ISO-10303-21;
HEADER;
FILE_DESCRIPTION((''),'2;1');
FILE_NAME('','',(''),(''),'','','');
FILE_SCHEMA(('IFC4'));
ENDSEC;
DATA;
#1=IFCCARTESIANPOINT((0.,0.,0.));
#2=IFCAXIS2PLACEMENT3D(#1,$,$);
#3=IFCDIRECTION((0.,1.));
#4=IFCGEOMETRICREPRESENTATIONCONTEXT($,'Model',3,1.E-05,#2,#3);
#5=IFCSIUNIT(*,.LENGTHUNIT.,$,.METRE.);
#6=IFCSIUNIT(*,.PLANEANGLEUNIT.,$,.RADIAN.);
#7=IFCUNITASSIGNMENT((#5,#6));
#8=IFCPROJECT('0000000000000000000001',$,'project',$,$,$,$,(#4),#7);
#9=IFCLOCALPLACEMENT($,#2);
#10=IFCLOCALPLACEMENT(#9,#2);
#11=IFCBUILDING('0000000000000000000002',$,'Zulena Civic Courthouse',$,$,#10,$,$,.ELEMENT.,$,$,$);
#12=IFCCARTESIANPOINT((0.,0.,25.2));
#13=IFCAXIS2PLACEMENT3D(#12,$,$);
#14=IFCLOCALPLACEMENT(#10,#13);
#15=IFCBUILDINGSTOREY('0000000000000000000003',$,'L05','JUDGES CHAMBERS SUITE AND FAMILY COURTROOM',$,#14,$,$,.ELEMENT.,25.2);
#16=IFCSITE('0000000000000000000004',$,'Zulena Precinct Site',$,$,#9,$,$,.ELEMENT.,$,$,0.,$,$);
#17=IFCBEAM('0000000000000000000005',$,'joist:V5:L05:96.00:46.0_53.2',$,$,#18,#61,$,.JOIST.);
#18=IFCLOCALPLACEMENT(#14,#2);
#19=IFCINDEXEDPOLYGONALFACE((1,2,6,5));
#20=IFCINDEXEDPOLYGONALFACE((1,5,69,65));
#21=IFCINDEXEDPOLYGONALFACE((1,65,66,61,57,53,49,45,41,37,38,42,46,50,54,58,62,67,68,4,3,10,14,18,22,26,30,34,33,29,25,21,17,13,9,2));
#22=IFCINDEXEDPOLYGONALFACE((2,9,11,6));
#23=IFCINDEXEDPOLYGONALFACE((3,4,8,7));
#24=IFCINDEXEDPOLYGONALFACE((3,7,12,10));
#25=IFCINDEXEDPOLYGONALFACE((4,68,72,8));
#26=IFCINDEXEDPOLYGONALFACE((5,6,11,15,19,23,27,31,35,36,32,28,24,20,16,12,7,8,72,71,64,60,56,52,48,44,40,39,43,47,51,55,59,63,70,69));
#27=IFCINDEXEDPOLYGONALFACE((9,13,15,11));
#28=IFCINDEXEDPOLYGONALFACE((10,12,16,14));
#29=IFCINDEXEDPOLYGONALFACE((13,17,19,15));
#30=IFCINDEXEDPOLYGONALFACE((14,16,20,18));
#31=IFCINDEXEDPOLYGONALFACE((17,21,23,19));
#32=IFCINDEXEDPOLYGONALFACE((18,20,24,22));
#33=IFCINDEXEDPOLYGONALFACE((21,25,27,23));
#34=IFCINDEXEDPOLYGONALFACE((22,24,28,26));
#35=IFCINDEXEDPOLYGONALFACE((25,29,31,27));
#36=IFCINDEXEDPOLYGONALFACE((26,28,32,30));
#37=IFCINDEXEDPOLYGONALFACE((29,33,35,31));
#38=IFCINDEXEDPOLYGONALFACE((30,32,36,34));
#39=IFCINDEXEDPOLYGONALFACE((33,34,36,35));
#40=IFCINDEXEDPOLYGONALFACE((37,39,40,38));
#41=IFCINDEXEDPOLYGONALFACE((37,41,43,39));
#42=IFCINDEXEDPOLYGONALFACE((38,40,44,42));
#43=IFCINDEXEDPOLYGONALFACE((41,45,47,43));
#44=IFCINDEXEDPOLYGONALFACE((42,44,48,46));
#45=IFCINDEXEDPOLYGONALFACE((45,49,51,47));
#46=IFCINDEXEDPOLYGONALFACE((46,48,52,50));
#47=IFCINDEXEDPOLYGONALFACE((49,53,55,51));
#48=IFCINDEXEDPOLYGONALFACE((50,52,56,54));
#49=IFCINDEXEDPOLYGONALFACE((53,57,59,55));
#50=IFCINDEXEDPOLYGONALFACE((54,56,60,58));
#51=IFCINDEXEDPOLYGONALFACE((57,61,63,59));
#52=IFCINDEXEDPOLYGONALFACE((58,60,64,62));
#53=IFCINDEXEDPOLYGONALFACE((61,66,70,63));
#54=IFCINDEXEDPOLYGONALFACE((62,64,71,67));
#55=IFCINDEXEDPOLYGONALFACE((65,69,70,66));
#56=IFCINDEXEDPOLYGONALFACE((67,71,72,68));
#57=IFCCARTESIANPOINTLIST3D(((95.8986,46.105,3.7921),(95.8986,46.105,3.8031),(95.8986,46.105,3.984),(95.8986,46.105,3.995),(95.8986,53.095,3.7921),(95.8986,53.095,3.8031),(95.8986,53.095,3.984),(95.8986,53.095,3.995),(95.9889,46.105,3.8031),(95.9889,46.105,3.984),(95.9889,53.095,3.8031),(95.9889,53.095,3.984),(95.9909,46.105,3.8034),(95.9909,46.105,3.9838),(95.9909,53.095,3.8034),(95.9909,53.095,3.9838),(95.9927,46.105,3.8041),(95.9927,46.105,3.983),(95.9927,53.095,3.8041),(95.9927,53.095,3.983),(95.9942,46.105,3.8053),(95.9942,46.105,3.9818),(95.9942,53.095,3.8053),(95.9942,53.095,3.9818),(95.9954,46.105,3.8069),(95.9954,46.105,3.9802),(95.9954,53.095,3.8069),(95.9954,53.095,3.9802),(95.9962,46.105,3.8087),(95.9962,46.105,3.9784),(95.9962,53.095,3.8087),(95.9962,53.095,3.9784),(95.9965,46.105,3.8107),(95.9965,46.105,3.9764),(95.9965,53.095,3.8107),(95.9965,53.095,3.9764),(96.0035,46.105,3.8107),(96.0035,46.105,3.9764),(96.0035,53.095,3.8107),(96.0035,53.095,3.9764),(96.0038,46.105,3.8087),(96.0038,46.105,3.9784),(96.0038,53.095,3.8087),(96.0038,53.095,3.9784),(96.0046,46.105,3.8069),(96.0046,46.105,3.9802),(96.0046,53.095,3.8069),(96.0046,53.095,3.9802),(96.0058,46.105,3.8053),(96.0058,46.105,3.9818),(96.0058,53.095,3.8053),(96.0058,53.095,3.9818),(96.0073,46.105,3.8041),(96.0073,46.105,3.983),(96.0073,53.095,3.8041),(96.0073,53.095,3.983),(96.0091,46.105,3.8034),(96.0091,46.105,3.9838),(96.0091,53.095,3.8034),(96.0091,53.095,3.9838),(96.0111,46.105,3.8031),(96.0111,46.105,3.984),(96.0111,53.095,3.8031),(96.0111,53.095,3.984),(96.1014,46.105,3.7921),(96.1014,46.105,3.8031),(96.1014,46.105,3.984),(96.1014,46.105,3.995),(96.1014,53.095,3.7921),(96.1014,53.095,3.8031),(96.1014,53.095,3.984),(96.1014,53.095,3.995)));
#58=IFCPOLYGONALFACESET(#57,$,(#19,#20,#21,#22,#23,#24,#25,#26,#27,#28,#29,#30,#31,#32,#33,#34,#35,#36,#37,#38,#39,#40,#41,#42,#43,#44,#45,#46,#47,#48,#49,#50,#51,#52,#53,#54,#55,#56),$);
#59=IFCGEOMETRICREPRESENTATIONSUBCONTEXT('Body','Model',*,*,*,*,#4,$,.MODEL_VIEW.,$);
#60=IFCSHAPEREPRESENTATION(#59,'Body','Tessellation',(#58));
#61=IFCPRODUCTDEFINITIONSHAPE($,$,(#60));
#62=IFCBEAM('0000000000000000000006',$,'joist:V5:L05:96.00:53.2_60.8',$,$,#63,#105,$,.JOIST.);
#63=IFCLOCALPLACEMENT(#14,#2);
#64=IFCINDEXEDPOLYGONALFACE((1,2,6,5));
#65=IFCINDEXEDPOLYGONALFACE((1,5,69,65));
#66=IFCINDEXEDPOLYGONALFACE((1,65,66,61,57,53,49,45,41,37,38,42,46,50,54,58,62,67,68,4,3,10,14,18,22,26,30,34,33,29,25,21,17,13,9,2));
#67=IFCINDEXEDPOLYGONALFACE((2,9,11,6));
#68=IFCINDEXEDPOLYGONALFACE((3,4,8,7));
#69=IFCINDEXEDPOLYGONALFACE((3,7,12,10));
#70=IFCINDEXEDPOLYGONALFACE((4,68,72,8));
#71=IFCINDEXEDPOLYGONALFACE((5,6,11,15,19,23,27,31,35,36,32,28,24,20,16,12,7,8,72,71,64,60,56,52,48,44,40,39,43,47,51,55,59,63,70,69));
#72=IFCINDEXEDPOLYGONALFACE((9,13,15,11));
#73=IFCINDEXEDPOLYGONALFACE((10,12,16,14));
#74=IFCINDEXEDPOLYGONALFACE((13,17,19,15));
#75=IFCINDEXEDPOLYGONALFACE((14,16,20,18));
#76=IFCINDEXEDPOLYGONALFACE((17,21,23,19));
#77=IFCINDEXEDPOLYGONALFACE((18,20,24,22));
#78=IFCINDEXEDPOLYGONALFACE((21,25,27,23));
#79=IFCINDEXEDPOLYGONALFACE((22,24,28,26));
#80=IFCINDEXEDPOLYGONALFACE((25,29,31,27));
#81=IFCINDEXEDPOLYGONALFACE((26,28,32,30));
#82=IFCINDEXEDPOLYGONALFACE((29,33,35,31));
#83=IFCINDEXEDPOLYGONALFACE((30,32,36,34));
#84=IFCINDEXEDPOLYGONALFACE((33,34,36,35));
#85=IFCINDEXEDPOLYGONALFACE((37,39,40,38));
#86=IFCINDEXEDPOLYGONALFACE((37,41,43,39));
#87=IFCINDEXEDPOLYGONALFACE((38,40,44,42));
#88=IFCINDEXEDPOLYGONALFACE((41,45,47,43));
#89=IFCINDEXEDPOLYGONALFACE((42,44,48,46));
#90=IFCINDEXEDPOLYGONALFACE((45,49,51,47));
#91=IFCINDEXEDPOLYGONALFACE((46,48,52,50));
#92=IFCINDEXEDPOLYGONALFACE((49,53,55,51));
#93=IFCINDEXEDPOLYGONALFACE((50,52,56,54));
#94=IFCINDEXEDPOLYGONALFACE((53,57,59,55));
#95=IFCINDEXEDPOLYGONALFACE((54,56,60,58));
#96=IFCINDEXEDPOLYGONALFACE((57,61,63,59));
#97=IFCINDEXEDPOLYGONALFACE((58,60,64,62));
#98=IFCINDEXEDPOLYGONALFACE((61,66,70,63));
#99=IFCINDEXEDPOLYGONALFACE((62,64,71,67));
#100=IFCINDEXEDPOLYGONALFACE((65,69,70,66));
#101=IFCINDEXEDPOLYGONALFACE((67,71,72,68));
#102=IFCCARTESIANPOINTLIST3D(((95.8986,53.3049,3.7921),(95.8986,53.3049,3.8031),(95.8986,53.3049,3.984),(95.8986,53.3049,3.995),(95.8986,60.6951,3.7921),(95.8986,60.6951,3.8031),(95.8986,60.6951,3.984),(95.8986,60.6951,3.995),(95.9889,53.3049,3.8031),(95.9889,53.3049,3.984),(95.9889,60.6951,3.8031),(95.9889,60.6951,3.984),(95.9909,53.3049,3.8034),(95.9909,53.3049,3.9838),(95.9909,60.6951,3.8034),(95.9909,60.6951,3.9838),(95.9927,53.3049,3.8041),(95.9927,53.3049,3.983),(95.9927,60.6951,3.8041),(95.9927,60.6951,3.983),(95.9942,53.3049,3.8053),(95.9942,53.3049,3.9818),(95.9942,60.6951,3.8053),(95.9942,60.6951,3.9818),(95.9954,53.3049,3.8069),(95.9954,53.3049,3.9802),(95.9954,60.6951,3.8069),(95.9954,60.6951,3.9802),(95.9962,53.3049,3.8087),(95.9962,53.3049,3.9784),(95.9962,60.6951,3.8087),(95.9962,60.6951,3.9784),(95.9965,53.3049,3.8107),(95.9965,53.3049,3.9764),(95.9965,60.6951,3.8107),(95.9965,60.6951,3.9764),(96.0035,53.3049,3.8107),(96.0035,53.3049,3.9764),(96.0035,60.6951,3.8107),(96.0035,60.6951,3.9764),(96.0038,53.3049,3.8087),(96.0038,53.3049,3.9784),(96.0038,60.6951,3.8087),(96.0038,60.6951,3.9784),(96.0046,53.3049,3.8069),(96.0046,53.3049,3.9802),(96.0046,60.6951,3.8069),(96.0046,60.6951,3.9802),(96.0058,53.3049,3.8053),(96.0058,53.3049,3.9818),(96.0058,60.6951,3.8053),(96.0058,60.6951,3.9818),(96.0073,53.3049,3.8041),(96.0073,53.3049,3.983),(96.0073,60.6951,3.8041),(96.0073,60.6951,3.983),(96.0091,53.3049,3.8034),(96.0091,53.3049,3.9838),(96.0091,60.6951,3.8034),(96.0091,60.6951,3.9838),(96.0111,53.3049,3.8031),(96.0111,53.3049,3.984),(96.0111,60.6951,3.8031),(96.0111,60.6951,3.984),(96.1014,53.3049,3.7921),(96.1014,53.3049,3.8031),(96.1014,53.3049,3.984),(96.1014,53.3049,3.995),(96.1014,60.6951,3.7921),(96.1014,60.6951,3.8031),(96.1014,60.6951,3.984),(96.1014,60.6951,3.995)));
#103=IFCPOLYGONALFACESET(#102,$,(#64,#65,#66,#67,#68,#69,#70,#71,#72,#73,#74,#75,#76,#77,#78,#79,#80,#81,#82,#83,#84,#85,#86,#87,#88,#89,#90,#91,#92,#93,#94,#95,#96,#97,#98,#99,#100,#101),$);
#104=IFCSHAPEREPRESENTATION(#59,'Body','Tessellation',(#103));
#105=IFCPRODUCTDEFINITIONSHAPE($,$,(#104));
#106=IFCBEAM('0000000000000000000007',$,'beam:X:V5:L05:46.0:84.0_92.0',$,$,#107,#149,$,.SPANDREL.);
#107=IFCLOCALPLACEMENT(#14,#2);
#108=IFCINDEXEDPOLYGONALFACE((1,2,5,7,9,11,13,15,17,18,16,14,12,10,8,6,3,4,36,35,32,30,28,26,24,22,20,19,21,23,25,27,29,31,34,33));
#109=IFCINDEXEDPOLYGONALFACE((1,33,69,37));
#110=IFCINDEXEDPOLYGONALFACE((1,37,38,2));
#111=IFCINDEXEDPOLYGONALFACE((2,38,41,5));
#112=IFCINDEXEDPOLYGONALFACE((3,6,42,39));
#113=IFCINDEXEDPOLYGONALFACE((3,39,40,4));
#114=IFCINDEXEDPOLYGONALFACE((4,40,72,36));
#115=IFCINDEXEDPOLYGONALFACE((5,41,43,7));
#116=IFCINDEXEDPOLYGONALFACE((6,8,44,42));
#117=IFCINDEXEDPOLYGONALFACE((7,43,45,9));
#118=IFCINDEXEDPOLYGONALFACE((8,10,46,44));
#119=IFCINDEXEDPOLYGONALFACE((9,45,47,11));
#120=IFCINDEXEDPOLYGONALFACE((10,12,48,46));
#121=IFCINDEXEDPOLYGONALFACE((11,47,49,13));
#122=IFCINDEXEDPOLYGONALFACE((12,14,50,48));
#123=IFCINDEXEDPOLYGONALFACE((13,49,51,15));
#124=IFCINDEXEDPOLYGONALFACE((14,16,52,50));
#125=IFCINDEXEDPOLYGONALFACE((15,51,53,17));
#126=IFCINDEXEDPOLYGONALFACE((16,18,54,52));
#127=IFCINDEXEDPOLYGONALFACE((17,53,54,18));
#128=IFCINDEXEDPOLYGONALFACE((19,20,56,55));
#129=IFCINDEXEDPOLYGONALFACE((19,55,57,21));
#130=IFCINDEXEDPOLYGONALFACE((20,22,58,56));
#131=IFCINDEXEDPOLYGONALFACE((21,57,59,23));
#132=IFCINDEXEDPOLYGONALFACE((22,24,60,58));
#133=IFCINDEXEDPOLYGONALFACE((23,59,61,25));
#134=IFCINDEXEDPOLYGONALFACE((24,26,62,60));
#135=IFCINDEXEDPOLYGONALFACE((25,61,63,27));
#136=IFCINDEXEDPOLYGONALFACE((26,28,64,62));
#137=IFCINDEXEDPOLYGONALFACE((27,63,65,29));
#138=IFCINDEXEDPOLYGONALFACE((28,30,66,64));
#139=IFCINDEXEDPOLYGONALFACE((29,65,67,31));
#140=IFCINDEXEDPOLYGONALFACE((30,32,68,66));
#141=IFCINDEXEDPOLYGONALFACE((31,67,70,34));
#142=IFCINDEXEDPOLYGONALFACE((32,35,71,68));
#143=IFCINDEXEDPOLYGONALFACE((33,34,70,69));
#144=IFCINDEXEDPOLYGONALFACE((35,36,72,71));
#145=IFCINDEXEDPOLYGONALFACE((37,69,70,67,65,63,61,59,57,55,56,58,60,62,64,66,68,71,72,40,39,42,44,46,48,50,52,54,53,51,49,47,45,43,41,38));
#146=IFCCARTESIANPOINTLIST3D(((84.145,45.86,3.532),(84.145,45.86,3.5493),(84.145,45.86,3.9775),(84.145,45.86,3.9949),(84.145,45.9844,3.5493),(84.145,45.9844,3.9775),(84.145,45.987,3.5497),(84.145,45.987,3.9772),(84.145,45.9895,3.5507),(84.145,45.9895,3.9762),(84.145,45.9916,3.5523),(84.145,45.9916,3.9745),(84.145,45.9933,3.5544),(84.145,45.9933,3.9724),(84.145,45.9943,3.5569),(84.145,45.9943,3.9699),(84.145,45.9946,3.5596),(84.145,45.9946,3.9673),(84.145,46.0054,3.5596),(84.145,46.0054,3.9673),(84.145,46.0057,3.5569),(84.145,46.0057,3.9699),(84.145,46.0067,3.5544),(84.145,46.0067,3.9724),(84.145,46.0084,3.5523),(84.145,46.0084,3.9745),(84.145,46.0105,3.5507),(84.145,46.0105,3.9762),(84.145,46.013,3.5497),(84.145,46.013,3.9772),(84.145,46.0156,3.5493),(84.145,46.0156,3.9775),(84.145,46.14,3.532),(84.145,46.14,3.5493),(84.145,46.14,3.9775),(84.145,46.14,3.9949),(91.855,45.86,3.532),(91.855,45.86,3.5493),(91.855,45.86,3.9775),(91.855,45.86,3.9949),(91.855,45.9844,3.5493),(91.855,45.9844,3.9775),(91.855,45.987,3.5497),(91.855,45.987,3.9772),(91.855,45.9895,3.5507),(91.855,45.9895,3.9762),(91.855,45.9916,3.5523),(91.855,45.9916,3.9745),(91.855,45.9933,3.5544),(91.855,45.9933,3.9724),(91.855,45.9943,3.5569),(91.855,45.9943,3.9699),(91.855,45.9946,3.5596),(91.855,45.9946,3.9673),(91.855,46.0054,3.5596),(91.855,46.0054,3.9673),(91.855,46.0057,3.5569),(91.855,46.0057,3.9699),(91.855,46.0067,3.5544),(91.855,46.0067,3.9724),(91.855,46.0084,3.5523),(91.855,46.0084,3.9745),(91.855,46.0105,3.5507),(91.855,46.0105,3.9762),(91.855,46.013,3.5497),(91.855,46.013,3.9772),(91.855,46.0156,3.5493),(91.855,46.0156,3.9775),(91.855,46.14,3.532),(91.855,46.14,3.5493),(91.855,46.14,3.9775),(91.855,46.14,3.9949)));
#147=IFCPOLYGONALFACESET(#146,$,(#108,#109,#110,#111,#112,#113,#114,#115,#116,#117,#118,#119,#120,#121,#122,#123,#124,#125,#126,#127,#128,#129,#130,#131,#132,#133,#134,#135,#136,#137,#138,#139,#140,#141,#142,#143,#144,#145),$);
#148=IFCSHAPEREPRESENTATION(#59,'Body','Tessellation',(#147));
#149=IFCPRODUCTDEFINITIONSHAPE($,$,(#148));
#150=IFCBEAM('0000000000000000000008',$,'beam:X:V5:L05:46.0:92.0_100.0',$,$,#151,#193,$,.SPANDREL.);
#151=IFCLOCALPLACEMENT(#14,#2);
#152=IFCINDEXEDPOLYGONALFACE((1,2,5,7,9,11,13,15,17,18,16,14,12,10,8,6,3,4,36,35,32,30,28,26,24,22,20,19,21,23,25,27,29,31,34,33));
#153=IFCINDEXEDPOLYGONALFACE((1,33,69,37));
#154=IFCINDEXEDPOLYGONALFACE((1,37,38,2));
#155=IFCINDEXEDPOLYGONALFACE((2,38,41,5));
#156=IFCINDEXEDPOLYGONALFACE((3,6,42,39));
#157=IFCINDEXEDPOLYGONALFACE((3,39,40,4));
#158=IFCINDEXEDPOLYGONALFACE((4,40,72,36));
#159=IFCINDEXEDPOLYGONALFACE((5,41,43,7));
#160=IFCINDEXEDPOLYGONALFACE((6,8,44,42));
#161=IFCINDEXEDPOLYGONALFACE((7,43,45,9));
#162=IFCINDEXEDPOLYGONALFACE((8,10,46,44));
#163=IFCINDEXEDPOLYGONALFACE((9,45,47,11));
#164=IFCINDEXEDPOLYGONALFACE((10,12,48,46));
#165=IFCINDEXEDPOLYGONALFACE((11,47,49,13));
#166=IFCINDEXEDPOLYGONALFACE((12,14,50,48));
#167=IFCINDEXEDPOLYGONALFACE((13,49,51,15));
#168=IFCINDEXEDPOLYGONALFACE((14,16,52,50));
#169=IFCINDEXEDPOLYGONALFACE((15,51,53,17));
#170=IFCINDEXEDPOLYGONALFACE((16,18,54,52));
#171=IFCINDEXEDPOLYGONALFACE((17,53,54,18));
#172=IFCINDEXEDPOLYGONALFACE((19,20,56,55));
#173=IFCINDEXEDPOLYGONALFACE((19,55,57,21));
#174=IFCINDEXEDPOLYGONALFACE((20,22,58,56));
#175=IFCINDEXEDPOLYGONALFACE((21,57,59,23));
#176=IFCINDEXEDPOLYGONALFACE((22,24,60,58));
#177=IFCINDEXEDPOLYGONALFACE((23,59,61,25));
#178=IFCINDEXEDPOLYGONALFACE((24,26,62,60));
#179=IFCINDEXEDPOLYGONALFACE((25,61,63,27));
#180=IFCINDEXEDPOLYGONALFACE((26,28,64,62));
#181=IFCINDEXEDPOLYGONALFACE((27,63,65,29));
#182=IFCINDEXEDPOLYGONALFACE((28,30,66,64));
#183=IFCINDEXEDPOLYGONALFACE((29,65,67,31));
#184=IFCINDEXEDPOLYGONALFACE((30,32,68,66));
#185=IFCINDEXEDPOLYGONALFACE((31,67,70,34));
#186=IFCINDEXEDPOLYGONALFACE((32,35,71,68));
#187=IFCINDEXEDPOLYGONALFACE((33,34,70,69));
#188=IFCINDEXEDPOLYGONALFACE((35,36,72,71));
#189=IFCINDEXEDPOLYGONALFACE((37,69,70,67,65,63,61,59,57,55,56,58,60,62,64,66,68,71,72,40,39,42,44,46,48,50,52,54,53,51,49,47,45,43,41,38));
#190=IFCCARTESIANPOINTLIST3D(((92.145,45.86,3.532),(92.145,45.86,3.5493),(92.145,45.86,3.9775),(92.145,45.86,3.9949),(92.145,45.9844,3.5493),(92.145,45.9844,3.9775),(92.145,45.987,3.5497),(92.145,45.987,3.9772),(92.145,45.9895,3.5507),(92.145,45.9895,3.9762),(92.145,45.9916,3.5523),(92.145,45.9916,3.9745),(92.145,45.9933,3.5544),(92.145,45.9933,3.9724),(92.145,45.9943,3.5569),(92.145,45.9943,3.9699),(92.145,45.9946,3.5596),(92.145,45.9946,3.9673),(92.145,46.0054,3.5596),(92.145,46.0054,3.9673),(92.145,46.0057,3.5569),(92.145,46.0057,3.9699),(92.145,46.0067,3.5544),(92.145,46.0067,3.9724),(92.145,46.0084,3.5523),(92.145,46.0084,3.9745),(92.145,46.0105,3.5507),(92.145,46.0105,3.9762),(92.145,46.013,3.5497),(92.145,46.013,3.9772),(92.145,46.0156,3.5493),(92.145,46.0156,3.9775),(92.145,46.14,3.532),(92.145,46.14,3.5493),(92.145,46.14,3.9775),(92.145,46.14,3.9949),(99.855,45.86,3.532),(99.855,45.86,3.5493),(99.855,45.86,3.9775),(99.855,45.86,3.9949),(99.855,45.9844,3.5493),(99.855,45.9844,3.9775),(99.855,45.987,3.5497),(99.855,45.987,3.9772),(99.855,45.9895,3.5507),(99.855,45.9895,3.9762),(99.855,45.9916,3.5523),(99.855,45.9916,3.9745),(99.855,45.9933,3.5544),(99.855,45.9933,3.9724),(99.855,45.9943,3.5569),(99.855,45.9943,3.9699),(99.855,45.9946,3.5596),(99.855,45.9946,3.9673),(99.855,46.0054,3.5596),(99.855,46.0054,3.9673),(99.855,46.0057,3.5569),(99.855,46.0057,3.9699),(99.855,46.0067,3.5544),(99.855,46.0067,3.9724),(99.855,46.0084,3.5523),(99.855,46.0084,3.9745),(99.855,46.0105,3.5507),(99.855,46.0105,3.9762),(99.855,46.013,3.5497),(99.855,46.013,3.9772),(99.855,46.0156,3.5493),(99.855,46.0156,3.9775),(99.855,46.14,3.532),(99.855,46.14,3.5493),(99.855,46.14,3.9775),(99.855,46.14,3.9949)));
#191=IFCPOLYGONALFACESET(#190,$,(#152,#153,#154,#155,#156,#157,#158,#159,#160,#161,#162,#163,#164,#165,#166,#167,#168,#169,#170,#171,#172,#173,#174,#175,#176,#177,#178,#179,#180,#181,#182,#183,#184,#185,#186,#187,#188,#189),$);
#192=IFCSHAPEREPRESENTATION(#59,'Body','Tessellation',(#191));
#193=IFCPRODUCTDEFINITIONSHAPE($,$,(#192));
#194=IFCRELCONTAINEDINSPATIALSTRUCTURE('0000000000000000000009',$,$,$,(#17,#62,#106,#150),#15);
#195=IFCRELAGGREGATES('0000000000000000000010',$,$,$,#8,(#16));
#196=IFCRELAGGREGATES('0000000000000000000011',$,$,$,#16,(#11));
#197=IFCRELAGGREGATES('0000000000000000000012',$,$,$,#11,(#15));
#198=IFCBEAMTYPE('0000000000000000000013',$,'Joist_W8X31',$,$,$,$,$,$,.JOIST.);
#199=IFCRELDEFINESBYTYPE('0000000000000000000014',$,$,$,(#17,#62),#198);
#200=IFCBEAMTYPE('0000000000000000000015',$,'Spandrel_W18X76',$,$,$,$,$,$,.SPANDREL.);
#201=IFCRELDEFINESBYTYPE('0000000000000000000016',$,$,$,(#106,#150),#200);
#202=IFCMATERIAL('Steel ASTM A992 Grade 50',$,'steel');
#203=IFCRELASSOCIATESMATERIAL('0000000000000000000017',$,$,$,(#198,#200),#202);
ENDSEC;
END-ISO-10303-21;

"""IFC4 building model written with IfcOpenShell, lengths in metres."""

from ifc_helpers import new_model, si_unit, direction, frame, origin, origin_2d, place, context, subcontext, project, spatial, i_section, extrude, material, material_profile, profile_set, type_object, element, save


model = new_model("IFC4")

# Units and contexts
model_context = context("Model", 3, precision=1e-05, world=origin(), true_north=direction((0.0, 1.0)))
body_context = subcontext(model_context, "Body", "Model", "MODEL_VIEW")
ifc_project = project(units=[si_unit("LENGTHUNIT", "METRE"), si_unit("PLANEANGLEUNIT", "RADIAN")], contexts=[model_context])

# Site, building, storey
site_placement = place(None, origin())
site = spatial("IfcSite", under=ifc_project, at=site_placement, Name="Zulena Precinct Site", CompositionType="ELEMENT", RefElevation=0.0)
building_placement = place(site_placement, origin())
building = spatial("IfcBuilding", under=site, at=building_placement, Name="Zulena Civic Courthouse", CompositionType="ELEMENT")
storey_placement = place(building_placement, frame((0.0, 0.0, 25.2)))
storey = spatial("IfcBuildingStorey", under=building, at=storey_placement, Name="L05", Description="JUDGES CHAMBERS SUITE AND FAMILY COURTROOM", CompositionType="ELEMENT", Elevation=25.2)

# Shared definitions
ifc_material_1 = material(Name="Steel ASTM A992 Grade 50", Category="steel")

# Beams
ifc_material_profile_1 = material_profile(ifc_material_1, i_section(OverallWidth=0.2029, OverallDepth=0.2029, WebThickness=0.0071, FlangeThickness=0.011, FilletRadius=0.0076, at=origin_2d()), Name="W8X31")
ifc_profile_set_1 = profile_set([ifc_material_profile_1], Name="Steel ASTM A992 Grade 50")
beam_type_1 = type_object("IfcBeamType", Name="Joist_W8X31", PredefinedType="JOIST", material=ifc_profile_set_1)
beam_1_placement = place(storey_placement, frame((96.0, 46.105, 3.8936), z_axis=(0.0, 1.0, 0.0), x_axis=(-1.0, 0.0, 0.0)))
element("IfcBeam", 1, at=beam_1_placement, inside=storey, type_object=beam_type_1, Name="joist:V5:L05:96.00:46.0_53.2", PredefinedType="JOIST", context=body_context, shape_type="SweptSolid", body=[
    extrude(i_section(OverallWidth=0.2029, OverallDepth=0.2029, WebThickness=0.0071, FlangeThickness=0.011, FilletRadius=0.0076, at=origin_2d()), origin(), (0.0, 0.0, 1.0), 6.99),
])
beam_2_placement = place(storey_placement, frame((96.0, 53.3049, 3.8936), z_axis=(0.0, 1.0, 0.0), x_axis=(-1.0, 0.0, 0.0)))
element("IfcBeam", 2, at=beam_2_placement, inside=storey, type_object=beam_type_1, Name="joist:V5:L05:96.00:53.2_60.8", PredefinedType="JOIST", context=body_context, shape_type="SweptSolid", body=[
    extrude(i_section(OverallWidth=0.2029, OverallDepth=0.2029, WebThickness=0.0071, FlangeThickness=0.011, FilletRadius=0.0076, at=origin_2d()), origin(), (0.0, 0.0, 1.0), 7.3901),
])
ifc_material_profile_2 = material_profile(ifc_material_1, i_section(OverallWidth=0.28, OverallDepth=0.4629, WebThickness=0.0107, FlangeThickness=0.0173, FilletRadius=0.0103, at=origin_2d()), Name="W18X76")
ifc_profile_set_2 = profile_set([ifc_material_profile_2], Name="Steel ASTM A992 Grade 50")
beam_type_2 = type_object("IfcBeamType", Name="Spandrel_W18X76", PredefinedType="SPANDREL", material=ifc_profile_set_2)
for number, where, z_axis, x_axis, name in (
    (3, (84.145, 46.0, 3.7634), (1.0, 0.0, 0.0), (0.0, 1.0, 0.0), "beam:X:V5:L05:46.0:84.0_92.0"),
    (4, (92.145, 46.0, 3.7634), (1.0, 0.0, 0.0), (0.0, 1.0, 0.0), "beam:X:V5:L05:46.0:92.0_100.0"),
):
    element("IfcBeam", number, at=place(storey_placement, frame(where, z_axis=z_axis, x_axis=x_axis)), inside=storey, type_object=beam_type_2, Name=name, PredefinedType="SPANDREL", context=body_context, shape_type="SweptSolid", body=[
        extrude(i_section(OverallWidth=0.28, OverallDepth=0.4629, WebThickness=0.0107, FlangeThickness=0.0173, FilletRadius=0.0103, at=origin_2d()), origin(), (0.0, 0.0, 1.0), 7.71),
    ])

save(model, "model.ifc")
